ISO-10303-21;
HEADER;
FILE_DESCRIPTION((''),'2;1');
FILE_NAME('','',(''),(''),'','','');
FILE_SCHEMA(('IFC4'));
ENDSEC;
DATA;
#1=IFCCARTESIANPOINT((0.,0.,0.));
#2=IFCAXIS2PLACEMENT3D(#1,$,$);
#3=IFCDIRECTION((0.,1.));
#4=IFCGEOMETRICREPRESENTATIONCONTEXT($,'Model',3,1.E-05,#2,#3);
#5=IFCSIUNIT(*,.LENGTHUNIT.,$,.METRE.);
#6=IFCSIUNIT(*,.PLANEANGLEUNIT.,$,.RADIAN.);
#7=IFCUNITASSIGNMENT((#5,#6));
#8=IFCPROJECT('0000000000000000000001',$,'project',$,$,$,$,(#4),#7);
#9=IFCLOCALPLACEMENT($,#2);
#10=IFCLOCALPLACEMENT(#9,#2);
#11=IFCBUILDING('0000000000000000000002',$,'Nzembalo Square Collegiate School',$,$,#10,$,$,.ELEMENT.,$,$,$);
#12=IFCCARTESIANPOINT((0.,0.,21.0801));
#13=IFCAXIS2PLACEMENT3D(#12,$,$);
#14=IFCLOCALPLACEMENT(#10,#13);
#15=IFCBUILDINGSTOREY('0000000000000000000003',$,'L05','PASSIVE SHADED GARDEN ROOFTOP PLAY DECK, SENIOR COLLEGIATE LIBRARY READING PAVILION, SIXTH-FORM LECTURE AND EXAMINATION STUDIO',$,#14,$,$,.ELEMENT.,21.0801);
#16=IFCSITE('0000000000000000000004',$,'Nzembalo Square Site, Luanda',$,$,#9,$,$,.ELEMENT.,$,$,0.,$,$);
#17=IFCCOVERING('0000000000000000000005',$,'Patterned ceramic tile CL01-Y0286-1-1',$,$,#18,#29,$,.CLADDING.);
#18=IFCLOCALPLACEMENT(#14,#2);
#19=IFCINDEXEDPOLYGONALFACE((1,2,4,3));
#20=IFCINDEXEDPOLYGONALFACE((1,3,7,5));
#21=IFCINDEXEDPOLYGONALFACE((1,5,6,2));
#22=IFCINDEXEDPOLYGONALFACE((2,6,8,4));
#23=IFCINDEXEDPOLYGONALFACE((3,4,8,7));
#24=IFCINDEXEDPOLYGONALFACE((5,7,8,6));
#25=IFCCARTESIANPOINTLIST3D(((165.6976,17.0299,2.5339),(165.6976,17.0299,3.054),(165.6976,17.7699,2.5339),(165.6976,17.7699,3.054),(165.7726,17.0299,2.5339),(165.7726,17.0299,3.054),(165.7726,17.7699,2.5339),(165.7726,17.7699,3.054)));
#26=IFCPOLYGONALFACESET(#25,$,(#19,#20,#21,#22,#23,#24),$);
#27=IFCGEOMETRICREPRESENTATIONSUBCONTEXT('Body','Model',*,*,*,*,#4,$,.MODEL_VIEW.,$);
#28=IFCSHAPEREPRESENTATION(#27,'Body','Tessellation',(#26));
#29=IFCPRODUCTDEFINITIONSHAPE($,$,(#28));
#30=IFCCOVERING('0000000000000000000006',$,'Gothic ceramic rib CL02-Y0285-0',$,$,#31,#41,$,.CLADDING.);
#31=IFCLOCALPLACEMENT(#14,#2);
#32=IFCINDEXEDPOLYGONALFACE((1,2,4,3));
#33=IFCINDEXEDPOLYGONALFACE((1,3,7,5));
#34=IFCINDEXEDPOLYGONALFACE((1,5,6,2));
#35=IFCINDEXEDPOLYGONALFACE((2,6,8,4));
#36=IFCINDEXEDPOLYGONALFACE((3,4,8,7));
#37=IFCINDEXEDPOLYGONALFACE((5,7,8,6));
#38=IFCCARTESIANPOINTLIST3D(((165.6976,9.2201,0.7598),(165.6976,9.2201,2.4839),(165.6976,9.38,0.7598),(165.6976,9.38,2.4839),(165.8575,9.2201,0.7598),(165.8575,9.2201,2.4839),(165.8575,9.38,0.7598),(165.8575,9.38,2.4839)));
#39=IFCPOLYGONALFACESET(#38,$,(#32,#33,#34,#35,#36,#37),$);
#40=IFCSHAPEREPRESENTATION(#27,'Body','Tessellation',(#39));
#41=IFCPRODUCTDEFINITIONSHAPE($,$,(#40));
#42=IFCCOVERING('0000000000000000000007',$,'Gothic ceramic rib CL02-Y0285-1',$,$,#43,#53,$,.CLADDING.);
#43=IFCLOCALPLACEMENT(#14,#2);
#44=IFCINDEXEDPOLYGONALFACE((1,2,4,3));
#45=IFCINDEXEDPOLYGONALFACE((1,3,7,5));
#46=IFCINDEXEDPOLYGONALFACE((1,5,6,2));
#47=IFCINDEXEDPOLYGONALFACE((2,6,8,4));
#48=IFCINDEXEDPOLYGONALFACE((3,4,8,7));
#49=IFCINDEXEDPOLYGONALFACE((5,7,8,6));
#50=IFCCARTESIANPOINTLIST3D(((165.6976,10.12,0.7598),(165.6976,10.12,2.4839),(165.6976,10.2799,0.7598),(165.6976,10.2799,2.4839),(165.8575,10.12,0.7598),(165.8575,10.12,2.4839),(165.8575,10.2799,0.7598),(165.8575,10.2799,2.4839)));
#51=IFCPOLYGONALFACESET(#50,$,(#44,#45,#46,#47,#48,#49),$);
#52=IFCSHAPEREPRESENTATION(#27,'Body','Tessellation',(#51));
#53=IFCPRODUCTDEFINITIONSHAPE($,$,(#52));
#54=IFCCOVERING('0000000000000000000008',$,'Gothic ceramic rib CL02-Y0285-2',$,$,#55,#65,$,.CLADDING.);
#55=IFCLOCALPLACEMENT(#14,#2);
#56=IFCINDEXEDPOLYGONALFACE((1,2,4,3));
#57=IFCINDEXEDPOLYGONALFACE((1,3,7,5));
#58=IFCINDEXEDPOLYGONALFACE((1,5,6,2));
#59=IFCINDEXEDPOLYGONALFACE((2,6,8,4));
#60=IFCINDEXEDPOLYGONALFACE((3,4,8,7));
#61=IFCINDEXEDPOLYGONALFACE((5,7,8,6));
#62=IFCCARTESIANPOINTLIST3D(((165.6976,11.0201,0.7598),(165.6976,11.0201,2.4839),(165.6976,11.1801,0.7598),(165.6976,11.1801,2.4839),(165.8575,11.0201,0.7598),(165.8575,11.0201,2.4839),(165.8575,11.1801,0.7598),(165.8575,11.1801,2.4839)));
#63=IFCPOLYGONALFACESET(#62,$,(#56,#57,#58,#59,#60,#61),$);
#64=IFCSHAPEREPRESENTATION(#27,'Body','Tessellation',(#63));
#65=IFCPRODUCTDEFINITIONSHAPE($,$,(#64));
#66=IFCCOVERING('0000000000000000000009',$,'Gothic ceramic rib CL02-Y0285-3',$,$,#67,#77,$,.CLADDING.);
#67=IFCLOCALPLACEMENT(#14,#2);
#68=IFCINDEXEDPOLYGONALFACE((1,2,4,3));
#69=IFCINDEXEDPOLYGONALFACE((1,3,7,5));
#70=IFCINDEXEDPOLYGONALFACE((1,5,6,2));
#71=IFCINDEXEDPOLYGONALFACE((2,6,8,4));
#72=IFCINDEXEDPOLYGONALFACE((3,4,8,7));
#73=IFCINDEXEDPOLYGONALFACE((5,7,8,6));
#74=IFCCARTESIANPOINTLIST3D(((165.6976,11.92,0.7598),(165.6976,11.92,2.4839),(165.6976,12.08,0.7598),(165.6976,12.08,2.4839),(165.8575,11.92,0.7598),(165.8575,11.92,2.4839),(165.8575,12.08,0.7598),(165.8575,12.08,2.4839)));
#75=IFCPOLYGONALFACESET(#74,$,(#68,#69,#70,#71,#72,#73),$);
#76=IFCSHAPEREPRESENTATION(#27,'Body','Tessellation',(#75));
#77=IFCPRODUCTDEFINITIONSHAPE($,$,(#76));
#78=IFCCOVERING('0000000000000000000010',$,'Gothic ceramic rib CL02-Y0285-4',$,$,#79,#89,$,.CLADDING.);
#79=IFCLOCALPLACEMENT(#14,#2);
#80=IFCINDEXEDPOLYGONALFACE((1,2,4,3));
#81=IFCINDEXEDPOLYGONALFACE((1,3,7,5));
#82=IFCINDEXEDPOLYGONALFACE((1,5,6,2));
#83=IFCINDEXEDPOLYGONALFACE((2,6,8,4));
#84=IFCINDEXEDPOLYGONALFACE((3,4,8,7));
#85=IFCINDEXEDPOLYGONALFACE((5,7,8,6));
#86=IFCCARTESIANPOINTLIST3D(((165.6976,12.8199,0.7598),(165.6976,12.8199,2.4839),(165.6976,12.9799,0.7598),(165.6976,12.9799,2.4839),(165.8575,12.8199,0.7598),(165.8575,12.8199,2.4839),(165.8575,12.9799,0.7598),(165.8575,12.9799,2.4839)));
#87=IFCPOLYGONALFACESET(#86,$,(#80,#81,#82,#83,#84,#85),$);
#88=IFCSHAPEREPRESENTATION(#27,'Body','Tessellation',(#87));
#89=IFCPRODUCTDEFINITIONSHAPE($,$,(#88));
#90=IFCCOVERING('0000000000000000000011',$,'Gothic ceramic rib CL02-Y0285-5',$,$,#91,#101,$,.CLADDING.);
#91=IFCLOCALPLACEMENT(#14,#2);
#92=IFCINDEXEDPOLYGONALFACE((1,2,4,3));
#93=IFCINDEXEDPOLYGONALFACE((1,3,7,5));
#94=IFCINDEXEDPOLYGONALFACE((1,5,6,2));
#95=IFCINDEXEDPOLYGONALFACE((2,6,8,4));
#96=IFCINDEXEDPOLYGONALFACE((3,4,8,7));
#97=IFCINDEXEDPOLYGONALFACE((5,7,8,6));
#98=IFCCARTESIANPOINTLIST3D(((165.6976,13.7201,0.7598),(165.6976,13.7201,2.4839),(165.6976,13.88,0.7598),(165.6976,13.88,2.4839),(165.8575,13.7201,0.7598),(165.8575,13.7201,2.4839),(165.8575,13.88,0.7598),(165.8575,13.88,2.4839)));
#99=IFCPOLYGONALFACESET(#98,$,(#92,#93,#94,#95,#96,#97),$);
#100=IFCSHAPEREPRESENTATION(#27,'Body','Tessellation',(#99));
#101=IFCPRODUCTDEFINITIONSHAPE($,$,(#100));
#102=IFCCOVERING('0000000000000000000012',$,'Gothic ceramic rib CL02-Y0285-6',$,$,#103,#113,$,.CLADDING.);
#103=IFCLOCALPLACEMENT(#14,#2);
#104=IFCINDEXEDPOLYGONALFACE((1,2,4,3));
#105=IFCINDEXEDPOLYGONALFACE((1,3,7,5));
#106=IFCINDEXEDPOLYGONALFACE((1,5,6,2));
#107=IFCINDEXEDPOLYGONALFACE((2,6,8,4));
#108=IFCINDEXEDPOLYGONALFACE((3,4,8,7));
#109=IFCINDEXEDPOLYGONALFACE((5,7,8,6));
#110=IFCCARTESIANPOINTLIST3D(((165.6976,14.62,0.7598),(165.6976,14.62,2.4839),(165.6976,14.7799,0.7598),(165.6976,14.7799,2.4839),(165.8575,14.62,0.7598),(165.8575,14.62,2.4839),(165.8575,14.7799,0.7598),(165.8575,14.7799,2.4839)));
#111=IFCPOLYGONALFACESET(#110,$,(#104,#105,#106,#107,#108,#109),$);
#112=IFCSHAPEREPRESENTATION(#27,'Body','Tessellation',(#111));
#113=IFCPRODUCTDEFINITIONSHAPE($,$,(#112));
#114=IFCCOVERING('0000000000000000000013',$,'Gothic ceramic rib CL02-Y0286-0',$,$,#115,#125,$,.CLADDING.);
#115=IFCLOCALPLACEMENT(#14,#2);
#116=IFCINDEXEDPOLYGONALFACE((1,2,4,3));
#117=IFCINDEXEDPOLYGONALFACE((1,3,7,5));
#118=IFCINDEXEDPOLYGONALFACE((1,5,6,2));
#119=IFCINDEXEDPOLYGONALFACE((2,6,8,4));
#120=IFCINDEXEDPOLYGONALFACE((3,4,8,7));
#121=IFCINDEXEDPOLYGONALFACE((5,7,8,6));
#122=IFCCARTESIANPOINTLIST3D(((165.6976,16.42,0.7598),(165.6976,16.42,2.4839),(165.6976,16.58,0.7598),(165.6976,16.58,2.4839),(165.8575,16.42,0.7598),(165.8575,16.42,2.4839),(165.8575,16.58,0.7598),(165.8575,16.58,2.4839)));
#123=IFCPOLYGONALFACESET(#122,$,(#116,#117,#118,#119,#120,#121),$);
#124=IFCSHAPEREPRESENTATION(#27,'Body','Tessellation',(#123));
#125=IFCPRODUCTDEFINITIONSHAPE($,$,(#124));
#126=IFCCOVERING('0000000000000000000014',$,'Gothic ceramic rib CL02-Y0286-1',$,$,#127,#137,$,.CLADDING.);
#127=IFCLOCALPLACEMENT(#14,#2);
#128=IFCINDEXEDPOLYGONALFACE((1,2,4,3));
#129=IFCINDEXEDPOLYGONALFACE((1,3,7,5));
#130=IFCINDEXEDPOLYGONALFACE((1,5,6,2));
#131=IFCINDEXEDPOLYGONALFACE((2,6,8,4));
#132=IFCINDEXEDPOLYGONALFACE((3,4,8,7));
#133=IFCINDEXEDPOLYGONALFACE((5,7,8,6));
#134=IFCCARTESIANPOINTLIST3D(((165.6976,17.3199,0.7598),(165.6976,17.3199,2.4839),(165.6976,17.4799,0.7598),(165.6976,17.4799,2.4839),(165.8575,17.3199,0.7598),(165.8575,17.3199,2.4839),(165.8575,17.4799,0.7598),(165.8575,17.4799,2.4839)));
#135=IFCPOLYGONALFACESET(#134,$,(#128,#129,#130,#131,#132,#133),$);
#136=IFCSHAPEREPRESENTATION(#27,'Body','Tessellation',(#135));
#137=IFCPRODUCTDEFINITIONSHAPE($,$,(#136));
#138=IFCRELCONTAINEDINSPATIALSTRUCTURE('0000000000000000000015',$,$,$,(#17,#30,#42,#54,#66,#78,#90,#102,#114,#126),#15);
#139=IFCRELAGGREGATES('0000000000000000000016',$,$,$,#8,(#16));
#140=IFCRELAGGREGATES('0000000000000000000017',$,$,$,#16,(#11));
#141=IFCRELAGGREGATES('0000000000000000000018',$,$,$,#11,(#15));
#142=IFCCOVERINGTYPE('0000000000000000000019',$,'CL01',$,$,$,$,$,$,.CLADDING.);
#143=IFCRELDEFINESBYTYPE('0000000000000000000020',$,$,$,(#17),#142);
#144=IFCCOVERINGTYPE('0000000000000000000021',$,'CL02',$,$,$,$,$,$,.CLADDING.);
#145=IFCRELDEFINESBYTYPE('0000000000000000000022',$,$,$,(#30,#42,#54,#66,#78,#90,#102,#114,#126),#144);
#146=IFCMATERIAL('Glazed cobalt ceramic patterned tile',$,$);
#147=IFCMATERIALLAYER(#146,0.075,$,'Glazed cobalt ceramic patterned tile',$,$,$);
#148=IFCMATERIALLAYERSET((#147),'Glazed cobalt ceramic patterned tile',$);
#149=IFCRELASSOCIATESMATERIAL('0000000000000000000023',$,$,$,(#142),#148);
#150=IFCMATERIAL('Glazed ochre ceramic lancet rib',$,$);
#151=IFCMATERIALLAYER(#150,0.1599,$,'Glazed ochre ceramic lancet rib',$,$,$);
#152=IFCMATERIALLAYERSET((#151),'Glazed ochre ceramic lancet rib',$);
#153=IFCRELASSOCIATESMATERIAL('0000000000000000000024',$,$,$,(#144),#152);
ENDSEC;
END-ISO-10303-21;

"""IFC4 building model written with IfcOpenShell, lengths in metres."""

from ifc_helpers import new_model, si_unit, direction, frame, origin, origin_2d, place, context, subcontext, project, spatial, rectangle, extrude, material, layer, layer_set, type_object, element, save


model = new_model("IFC4")

# Units and contexts
model_context = context("Model", 3, precision=1e-05, world=origin(), true_north=direction((0.0, 1.0)))
body_context = subcontext(model_context, "Body", "Model", "MODEL_VIEW")
ifc_project = project(units=[si_unit("LENGTHUNIT", "METRE"), si_unit("PLANEANGLEUNIT", "RADIAN")], contexts=[model_context])

# Site, building, storey
site_placement = place(None, origin())
site = spatial("IfcSite", under=ifc_project, at=site_placement, Name="Nzembalo Square Site, Luanda", CompositionType="ELEMENT", RefElevation=0.0)
building_placement = place(site_placement, origin())
building = spatial("IfcBuilding", under=site, at=building_placement, Name="Nzembalo Square Collegiate School", CompositionType="ELEMENT")
storey_placement = place(building_placement, frame((0.0, 0.0, 21.0801)))
storey = spatial("IfcBuildingStorey", under=building, at=storey_placement, Name="L05", Description="PASSIVE SHADED GARDEN ROOFTOP PLAY DECK, SENIOR COLLEGIATE LIBRARY READING PAVILION, SIXTH-FORM LECTURE AND EXAMINATION STUDIO", CompositionType="ELEMENT", Elevation=21.0801)

# Coverings
ifc_material_1 = material(Name="Glazed cobalt ceramic patterned tile")
ifc_layer_1 = layer(ifc_material_1, 0.075, Name="Glazed cobalt ceramic patterned tile")
ifc_layer_set_1 = layer_set([ifc_layer_1], Name="Glazed cobalt ceramic patterned tile")
covering_type_1 = type_object("IfcCoveringType", Name="CL01", PredefinedType="CLADDING", material=ifc_layer_set_1)
for number, where, z_axis, x_axis, name in (
    (1, (165.7351, 17.3999, 2.5339), (0.0, 0.0, 1.0), (1.0, 0.0, 0.0), "Patterned ceramic tile CL01-Y0286-1-1"),
):
    element("IfcCovering", number, at=place(storey_placement, frame(where, z_axis=z_axis, x_axis=x_axis)), inside=storey, type_object=covering_type_1, Name=name, PredefinedType="CLADDING", context=body_context, shape_type="SweptSolid", body=[
        extrude(rectangle(XDim=0.075, YDim=0.74, at=origin_2d()), origin(), (0.0, 0.0, 1.0), 0.52),
    ])
ifc_material_2 = material(Name="Glazed ochre ceramic lancet rib")
ifc_layer_2 = layer(ifc_material_2, 0.1599, Name="Glazed ochre ceramic lancet rib")
ifc_layer_set_2 = layer_set([ifc_layer_2], Name="Glazed ochre ceramic lancet rib")
covering_type_2 = type_object("IfcCoveringType", Name="CL02", PredefinedType="CLADDING", material=ifc_layer_set_2)
for number, where, z_axis, x_axis, name in (
    (2, (165.7776, 9.3, 0.7598), (0.0, 0.0, 1.0), (1.0, 0.0, 0.0), "Gothic ceramic rib CL02-Y0285-0"),
    (3, (165.7776, 10.2, 0.7598), (0.0, 0.0, 1.0), (1.0, 0.0, 0.0), "Gothic ceramic rib CL02-Y0285-1"),
    (4, (165.7776, 11.1001, 0.7598), (0.0, 0.0, 1.0), (1.0, 0.0, 0.0), "Gothic ceramic rib CL02-Y0285-2"),
    (5, (165.7776, 12.0, 0.7598), (0.0, 0.0, 1.0), (1.0, 0.0, 0.0), "Gothic ceramic rib CL02-Y0285-3"),
    (6, (165.7776, 12.8999, 0.7598), (0.0, 0.0, 1.0), (1.0, 0.0, 0.0), "Gothic ceramic rib CL02-Y0285-4"),
    (7, (165.7776, 13.8, 0.7598), (0.0, 0.0, 1.0), (1.0, 0.0, 0.0), "Gothic ceramic rib CL02-Y0285-5"),
    (8, (165.7776, 14.7, 0.7598), (0.0, 0.0, 1.0), (1.0, 0.0, 0.0), "Gothic ceramic rib CL02-Y0285-6"),
    (9, (165.7776, 16.5, 0.7598), (0.0, 0.0, 1.0), (1.0, 0.0, 0.0), "Gothic ceramic rib CL02-Y0286-0"),
    (10, (165.7776, 17.3999, 0.7598), (0.0, 0.0, 1.0), (1.0, 0.0, 0.0), "Gothic ceramic rib CL02-Y0286-1"),
):
    element("IfcCovering", number, at=place(storey_placement, frame(where, z_axis=z_axis, x_axis=x_axis)), inside=storey, type_object=covering_type_2, Name=name, PredefinedType="CLADDING", context=body_context, shape_type="SweptSolid", body=[
        extrude(rectangle(XDim=0.1599, YDim=0.1599, at=origin_2d()), origin(), (0.0, 0.0, 1.0), 1.7241),
    ])

save(model, "model.ifc")
